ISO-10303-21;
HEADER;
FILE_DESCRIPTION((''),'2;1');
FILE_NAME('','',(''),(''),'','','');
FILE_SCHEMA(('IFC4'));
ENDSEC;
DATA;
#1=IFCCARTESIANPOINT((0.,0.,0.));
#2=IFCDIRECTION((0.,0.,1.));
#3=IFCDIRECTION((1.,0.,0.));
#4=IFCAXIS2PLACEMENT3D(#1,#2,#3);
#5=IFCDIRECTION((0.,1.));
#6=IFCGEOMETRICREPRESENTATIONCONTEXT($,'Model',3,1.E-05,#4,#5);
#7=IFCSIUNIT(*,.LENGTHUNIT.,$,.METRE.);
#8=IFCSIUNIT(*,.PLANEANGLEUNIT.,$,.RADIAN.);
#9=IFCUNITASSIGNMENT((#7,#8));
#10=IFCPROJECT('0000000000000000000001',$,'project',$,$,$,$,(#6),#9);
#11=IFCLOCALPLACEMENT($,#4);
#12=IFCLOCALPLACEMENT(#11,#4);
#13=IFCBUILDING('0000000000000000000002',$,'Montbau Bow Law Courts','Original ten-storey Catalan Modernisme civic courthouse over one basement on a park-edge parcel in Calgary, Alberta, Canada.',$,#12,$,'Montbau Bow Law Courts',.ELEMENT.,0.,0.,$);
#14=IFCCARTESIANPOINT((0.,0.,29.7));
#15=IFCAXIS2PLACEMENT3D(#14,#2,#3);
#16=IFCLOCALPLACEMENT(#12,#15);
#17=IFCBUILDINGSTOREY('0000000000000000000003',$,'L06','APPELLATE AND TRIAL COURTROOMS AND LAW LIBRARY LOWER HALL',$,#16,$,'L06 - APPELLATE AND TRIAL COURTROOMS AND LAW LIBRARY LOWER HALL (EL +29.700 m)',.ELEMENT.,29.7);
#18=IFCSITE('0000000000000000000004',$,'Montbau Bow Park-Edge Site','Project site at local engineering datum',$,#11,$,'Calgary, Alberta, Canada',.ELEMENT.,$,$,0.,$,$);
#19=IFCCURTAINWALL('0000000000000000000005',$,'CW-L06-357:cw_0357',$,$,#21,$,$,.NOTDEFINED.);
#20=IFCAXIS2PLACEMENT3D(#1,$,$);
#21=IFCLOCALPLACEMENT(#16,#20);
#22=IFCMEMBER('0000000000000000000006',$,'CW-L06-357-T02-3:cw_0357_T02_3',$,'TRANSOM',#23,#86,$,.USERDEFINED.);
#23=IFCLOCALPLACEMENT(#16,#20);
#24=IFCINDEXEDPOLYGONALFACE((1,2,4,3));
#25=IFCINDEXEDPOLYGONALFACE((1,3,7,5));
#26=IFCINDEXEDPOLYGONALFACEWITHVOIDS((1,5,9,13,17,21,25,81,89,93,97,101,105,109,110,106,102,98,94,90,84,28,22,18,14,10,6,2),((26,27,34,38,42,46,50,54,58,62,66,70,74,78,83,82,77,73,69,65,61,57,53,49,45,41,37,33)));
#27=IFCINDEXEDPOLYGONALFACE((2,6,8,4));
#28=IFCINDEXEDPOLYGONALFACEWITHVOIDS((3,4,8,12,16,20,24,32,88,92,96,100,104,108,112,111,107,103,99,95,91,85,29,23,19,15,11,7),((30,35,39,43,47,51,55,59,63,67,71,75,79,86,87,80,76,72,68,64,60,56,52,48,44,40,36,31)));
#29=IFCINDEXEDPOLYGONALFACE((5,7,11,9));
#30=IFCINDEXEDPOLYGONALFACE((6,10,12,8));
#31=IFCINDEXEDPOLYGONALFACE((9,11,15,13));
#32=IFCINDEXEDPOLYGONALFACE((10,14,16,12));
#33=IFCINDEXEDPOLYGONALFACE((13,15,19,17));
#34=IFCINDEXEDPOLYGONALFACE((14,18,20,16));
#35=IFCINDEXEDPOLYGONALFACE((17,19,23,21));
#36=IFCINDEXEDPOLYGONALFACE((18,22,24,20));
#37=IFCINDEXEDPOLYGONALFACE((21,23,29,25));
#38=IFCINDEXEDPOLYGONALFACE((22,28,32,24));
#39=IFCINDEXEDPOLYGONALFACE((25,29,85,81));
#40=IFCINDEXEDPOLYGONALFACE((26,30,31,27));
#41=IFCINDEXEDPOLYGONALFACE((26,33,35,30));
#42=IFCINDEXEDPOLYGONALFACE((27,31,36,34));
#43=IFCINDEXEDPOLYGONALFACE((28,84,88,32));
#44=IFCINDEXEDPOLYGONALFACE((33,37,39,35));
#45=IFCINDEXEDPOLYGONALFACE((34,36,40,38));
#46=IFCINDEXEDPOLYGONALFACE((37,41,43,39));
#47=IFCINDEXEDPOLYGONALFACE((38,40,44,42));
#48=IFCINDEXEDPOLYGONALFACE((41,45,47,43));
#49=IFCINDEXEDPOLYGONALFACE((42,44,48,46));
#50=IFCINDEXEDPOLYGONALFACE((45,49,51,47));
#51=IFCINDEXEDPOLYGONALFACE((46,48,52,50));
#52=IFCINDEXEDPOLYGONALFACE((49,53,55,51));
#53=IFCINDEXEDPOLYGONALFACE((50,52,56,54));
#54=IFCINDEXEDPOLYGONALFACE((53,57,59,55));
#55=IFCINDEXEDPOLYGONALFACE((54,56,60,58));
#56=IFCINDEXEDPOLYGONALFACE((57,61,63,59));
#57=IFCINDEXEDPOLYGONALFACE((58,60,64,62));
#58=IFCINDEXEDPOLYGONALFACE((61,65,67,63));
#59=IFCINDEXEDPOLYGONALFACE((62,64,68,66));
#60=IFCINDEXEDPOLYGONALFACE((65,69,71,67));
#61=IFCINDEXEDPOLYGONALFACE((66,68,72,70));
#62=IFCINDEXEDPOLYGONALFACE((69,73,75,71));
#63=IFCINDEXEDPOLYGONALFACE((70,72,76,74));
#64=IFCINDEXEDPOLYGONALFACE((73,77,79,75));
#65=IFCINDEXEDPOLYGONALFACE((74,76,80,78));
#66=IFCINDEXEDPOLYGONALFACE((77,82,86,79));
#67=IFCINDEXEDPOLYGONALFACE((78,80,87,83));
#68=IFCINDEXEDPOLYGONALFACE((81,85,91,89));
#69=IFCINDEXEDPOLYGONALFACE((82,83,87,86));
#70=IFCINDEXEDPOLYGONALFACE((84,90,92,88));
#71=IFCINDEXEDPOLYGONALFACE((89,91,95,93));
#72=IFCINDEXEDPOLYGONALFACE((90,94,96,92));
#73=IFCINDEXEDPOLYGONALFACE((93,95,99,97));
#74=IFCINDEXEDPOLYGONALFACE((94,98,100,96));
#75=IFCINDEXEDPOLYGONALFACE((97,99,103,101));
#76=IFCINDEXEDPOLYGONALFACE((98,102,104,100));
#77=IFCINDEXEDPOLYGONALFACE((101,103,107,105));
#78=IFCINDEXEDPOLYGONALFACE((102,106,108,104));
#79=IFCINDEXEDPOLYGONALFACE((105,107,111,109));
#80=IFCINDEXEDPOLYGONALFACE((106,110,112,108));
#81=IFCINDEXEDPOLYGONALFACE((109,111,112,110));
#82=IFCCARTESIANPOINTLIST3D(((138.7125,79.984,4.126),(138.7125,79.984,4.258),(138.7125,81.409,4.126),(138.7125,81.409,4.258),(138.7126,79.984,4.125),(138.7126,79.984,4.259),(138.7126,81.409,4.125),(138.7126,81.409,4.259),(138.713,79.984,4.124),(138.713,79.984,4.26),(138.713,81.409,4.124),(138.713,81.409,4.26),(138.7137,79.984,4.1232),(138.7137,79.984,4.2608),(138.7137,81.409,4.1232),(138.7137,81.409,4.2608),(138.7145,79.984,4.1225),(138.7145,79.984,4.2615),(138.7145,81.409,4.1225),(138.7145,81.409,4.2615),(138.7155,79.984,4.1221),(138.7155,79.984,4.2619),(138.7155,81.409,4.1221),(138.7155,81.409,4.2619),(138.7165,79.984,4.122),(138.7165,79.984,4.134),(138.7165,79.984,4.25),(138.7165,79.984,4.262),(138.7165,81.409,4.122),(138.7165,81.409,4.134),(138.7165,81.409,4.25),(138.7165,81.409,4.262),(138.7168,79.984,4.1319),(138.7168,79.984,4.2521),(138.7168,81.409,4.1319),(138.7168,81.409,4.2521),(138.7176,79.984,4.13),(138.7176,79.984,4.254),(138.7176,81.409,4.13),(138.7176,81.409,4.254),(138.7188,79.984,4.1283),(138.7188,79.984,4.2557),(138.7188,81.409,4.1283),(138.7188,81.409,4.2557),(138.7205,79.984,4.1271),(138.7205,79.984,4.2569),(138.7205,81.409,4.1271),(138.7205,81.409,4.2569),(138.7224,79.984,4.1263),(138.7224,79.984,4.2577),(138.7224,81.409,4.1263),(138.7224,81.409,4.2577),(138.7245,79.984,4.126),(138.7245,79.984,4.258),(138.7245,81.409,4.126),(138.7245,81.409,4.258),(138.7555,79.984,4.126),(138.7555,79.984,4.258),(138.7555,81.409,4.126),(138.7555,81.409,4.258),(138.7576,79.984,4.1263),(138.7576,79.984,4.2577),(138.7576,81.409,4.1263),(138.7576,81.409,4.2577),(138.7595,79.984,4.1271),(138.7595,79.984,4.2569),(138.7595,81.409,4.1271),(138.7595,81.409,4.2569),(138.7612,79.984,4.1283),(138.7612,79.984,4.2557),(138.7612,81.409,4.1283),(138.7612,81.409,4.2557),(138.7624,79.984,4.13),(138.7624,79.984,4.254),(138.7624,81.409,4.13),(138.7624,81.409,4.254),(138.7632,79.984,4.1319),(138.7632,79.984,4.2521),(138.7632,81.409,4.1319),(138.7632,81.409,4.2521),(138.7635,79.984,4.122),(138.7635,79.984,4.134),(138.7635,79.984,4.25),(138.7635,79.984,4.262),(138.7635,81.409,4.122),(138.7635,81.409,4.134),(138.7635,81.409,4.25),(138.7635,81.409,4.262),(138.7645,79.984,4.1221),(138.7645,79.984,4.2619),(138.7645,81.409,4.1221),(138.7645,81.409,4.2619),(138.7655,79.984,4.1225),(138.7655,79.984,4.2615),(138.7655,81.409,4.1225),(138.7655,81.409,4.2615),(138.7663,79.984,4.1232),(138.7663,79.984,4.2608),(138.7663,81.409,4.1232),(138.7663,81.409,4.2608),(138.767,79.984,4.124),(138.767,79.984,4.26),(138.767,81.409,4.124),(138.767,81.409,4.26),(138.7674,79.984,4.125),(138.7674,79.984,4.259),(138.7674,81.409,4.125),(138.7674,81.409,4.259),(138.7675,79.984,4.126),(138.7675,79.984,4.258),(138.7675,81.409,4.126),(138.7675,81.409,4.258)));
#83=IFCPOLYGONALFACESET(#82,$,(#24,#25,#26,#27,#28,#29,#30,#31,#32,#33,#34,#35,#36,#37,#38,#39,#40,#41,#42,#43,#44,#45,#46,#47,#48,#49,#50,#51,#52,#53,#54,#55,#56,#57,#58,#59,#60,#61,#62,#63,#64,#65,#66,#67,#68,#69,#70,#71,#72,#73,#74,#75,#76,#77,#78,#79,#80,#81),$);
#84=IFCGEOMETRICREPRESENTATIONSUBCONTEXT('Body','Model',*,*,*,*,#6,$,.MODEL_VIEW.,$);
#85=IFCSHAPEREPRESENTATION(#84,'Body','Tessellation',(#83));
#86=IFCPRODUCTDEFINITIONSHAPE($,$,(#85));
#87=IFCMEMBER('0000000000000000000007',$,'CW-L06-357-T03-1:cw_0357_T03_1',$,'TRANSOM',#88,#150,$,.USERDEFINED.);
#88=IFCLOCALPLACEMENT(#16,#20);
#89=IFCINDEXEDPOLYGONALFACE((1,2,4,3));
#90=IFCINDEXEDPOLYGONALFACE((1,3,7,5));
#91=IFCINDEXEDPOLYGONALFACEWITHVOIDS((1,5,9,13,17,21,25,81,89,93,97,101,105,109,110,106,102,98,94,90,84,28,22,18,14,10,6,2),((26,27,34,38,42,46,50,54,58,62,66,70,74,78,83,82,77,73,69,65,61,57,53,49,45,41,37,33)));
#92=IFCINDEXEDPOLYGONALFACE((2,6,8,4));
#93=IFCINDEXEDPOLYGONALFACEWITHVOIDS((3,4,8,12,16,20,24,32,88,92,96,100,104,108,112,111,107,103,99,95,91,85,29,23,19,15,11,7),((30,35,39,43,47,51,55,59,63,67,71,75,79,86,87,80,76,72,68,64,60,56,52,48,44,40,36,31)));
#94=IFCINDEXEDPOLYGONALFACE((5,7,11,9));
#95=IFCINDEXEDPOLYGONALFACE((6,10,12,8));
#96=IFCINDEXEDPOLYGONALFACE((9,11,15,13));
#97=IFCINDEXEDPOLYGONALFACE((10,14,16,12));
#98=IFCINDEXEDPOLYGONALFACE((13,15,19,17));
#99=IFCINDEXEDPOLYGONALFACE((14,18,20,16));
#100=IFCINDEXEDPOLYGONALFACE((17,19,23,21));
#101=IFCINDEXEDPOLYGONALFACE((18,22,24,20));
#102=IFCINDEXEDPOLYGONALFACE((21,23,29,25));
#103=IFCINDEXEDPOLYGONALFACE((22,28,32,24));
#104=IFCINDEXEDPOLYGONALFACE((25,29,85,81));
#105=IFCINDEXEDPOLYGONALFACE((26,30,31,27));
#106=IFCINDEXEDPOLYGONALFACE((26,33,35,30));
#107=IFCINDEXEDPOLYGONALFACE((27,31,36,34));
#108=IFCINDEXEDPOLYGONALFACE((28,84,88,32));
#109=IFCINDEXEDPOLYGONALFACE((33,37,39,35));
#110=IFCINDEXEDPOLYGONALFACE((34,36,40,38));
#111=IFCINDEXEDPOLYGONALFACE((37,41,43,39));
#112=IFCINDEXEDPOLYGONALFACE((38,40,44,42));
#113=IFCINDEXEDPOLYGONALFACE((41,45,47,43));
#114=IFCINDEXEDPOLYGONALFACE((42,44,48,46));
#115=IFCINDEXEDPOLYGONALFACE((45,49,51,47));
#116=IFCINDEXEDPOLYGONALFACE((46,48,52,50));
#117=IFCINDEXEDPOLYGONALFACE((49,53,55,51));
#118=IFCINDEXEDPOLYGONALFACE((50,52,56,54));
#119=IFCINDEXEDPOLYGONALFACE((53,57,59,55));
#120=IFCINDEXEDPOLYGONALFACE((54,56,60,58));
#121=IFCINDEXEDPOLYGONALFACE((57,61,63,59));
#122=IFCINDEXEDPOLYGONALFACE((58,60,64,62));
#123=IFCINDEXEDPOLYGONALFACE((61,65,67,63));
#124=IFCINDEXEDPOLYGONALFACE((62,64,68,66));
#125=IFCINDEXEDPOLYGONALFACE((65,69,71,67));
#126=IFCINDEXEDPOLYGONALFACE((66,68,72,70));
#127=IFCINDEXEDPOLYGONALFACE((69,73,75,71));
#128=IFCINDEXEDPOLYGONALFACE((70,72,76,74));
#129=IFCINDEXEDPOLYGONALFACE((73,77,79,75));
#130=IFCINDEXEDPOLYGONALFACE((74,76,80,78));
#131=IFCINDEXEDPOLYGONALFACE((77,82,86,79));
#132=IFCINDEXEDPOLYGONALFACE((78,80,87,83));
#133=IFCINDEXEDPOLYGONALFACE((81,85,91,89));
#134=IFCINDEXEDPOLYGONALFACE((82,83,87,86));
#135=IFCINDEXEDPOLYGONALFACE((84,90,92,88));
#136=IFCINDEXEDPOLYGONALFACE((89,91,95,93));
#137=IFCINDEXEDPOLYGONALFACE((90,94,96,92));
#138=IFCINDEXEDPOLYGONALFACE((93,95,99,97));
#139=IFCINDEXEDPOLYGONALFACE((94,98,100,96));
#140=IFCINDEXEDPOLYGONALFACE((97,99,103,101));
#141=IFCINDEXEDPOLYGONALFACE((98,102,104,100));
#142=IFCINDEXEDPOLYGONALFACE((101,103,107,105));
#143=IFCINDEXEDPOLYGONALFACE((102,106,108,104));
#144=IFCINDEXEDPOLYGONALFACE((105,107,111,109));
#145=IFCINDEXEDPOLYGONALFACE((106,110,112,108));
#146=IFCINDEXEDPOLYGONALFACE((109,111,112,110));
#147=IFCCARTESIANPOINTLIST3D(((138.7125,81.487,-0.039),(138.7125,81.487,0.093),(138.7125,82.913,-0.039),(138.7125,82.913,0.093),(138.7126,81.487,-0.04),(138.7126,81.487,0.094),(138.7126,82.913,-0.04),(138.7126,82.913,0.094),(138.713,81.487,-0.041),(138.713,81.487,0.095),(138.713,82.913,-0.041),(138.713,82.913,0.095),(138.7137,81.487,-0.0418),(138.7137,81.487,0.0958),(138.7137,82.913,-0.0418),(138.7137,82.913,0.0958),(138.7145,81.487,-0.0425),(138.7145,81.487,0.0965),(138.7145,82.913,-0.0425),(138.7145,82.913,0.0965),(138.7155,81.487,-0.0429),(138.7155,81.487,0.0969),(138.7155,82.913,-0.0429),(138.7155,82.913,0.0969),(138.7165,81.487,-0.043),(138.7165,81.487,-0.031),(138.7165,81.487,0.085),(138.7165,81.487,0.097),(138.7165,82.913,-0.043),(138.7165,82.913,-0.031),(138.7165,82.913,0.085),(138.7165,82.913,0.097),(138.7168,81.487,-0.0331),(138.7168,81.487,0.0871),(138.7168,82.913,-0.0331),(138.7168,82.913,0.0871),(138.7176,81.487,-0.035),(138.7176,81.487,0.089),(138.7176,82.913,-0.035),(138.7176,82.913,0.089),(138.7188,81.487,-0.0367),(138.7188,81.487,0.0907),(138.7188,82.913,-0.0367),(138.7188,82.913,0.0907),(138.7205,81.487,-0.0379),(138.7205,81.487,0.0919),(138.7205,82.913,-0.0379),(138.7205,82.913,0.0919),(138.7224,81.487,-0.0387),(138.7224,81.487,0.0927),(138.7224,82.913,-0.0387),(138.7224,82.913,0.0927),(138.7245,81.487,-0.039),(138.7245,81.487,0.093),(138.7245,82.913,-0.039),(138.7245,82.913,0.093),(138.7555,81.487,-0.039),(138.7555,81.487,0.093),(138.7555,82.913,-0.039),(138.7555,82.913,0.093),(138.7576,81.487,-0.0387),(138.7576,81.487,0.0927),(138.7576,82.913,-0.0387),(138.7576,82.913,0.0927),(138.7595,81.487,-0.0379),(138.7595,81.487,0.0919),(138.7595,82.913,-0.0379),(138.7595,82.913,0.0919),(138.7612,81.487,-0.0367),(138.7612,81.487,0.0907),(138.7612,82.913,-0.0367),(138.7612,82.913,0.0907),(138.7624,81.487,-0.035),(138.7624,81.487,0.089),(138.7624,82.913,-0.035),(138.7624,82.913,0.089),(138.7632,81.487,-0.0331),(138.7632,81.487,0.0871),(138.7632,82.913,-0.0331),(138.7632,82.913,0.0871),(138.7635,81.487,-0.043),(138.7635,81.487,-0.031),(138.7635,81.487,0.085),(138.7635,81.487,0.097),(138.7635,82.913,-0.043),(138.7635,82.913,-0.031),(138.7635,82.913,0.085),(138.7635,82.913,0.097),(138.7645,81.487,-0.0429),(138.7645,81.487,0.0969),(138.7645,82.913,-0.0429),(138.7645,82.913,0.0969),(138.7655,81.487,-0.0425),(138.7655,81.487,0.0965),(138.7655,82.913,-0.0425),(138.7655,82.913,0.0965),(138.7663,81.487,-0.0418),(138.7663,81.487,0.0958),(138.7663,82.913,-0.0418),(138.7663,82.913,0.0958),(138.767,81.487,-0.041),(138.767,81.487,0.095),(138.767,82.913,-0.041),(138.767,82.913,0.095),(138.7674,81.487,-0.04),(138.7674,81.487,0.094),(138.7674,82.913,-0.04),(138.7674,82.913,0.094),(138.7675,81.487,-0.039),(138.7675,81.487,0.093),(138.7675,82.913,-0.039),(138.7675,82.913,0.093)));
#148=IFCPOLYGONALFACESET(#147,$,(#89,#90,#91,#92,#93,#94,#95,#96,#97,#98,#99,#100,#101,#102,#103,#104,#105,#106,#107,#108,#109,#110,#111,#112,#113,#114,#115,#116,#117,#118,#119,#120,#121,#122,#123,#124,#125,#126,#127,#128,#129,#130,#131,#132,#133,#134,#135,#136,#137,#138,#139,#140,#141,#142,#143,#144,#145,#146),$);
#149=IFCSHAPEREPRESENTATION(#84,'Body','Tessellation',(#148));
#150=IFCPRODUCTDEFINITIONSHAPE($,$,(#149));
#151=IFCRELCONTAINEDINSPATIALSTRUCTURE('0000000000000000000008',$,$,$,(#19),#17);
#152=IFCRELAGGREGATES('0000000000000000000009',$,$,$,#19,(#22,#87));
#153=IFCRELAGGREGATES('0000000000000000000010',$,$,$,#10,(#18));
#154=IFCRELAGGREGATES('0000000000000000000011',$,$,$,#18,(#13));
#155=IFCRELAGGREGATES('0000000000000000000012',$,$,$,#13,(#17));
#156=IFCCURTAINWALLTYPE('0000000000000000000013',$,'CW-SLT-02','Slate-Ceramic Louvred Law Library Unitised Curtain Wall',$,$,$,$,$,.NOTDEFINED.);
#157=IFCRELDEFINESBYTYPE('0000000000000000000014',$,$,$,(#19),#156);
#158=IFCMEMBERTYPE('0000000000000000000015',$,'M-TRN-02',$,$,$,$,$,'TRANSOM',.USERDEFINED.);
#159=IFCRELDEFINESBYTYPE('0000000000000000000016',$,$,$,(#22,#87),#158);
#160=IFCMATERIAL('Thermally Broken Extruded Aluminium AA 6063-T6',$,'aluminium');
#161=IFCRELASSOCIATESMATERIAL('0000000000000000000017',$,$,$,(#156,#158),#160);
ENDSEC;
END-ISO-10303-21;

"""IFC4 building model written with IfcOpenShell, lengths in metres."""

from ifc_helpers import new_model, si_unit, direction, frame, origin_with_axes, origin_2d_with_axis, place, context, subcontext, project, spatial, hollow_rectangle, extrude, material, material_profile, profile_set, type_object, element, aggregate, save


model = new_model("IFC4")

# Units and contexts
model_context = context("Model", 3, precision=1e-05, world=origin_with_axes(), true_north=direction((0.0, 1.0)))
body_context = subcontext(model_context, "Body", "Model", "MODEL_VIEW")
ifc_project = project(units=[si_unit("LENGTHUNIT", "METRE"), si_unit("PLANEANGLEUNIT", "RADIAN")], contexts=[model_context])

# Site, building, storey
site_placement = place(None, origin_with_axes())
site = spatial("IfcSite", under=ifc_project, at=site_placement, Name="Montbau Bow Park-Edge Site", Description="Project site at local engineering datum", LongName="Calgary, Alberta, Canada", CompositionType="ELEMENT", RefElevation=0.0)
building_placement = place(site_placement, origin_with_axes())
building = spatial("IfcBuilding", under=site, at=building_placement, Name="Montbau Bow Law Courts", Description="Original ten-storey Catalan Modernisme civic courthouse over one basement on a park-edge parcel in Calgary, Alberta, Canada.", LongName="Montbau Bow Law Courts", CompositionType="ELEMENT", ElevationOfRefHeight=0.0, ElevationOfTerrain=0.0)
storey_placement = place(building_placement, frame((0.0, 0.0, 29.7), z_axis=(0.0, 0.0, 1.0), x_axis=(1.0, 0.0, 0.0)))
storey = spatial("IfcBuildingStorey", under=building, at=storey_placement, Name="L06", Description="APPELLATE AND TRIAL COURTROOMS AND LAW LIBRARY LOWER HALL", LongName="L06 - APPELLATE AND TRIAL COURTROOMS AND LAW LIBRARY LOWER HALL (EL +29.700 m)", CompositionType="ELEMENT", Elevation=29.7)

# Curtain wall, members
ifc_material_1 = material(Name="Thermally Broken Extruded Aluminium AA 6063-T6", Category="aluminium")
curtain_wall_type = type_object("IfcCurtainWallType", Name="CW-SLT-02", Description="Slate-Ceramic Louvred Law Library Unitised Curtain Wall", PredefinedType="NOTDEFINED", material=ifc_material_1)
curtain_wall_placement = place(None, frame((138.74, 78.44, 29.7), z_axis=(0.0, 0.0, 1.0), x_axis=(1.0, 0.0, 0.0)))
curtain_wall = element("IfcCurtainWall", 1, at=curtain_wall_placement, inside=storey, type_object=curtain_wall_type, Name="CW-L06-357:cw_0357", PredefinedType="NOTDEFINED")
ifc_material_profile_1 = material_profile(ifc_material_1, hollow_rectangle(XDim=0.055, YDim=0.14, WallThickness=0.004, InnerFilletRadius=0.008, OuterFilletRadius=0.004, at=origin_2d_with_axis()), Name="CWT-140X55", Category="Main", Priority=0)
ifc_profile_set_1 = profile_set([ifc_material_profile_1], Name="Thermally Broken Extruded Aluminium AA 6063-T6")
member_type_1 = type_object("IfcMemberType", Name="M-TRN-02", ElementType="TRANSOM", PredefinedType="USERDEFINED", material=ifc_profile_set_1)
member_1_placement = place(None, frame((138.74, 79.984, 33.892), z_axis=(0.0, 1.0, 0.0), x_axis=(-1.0, 0.0, 0.0)))
member_1 = element("IfcMember", 2, at=member_1_placement, type_object=member_type_1, Name="CW-L06-357-T02-3:cw_0357_T02_3", ObjectType="TRANSOM", PredefinedType="USERDEFINED", context=body_context, shape_type="SweptSolid", body=[
    extrude(hollow_rectangle(XDim=0.055, YDim=0.14, WallThickness=0.004, InnerFilletRadius=0.008, OuterFilletRadius=0.004, at=origin_2d_with_axis()), origin_with_axes(), (0.0, 0.0, 1.0), 1.425),
])
member_2_placement = place(None, frame((138.74, 81.487, 29.727), z_axis=(0.0, 1.0, 0.0), x_axis=(-1.0, 0.0, 0.0)))
member_2 = element("IfcMember", 3, at=member_2_placement, type_object=member_type_1, Name="CW-L06-357-T03-1:cw_0357_T03_1", ObjectType="TRANSOM", PredefinedType="USERDEFINED", context=body_context, shape_type="SweptSolid", body=[
    extrude(hollow_rectangle(XDim=0.055, YDim=0.14, WallThickness=0.004, InnerFilletRadius=0.008, OuterFilletRadius=0.004, at=origin_2d_with_axis()), origin_with_axes(), (0.0, 0.0, 1.0), 1.426),
])
aggregate(curtain_wall, [member_1, member_2])

save(model, "model.ifc")
